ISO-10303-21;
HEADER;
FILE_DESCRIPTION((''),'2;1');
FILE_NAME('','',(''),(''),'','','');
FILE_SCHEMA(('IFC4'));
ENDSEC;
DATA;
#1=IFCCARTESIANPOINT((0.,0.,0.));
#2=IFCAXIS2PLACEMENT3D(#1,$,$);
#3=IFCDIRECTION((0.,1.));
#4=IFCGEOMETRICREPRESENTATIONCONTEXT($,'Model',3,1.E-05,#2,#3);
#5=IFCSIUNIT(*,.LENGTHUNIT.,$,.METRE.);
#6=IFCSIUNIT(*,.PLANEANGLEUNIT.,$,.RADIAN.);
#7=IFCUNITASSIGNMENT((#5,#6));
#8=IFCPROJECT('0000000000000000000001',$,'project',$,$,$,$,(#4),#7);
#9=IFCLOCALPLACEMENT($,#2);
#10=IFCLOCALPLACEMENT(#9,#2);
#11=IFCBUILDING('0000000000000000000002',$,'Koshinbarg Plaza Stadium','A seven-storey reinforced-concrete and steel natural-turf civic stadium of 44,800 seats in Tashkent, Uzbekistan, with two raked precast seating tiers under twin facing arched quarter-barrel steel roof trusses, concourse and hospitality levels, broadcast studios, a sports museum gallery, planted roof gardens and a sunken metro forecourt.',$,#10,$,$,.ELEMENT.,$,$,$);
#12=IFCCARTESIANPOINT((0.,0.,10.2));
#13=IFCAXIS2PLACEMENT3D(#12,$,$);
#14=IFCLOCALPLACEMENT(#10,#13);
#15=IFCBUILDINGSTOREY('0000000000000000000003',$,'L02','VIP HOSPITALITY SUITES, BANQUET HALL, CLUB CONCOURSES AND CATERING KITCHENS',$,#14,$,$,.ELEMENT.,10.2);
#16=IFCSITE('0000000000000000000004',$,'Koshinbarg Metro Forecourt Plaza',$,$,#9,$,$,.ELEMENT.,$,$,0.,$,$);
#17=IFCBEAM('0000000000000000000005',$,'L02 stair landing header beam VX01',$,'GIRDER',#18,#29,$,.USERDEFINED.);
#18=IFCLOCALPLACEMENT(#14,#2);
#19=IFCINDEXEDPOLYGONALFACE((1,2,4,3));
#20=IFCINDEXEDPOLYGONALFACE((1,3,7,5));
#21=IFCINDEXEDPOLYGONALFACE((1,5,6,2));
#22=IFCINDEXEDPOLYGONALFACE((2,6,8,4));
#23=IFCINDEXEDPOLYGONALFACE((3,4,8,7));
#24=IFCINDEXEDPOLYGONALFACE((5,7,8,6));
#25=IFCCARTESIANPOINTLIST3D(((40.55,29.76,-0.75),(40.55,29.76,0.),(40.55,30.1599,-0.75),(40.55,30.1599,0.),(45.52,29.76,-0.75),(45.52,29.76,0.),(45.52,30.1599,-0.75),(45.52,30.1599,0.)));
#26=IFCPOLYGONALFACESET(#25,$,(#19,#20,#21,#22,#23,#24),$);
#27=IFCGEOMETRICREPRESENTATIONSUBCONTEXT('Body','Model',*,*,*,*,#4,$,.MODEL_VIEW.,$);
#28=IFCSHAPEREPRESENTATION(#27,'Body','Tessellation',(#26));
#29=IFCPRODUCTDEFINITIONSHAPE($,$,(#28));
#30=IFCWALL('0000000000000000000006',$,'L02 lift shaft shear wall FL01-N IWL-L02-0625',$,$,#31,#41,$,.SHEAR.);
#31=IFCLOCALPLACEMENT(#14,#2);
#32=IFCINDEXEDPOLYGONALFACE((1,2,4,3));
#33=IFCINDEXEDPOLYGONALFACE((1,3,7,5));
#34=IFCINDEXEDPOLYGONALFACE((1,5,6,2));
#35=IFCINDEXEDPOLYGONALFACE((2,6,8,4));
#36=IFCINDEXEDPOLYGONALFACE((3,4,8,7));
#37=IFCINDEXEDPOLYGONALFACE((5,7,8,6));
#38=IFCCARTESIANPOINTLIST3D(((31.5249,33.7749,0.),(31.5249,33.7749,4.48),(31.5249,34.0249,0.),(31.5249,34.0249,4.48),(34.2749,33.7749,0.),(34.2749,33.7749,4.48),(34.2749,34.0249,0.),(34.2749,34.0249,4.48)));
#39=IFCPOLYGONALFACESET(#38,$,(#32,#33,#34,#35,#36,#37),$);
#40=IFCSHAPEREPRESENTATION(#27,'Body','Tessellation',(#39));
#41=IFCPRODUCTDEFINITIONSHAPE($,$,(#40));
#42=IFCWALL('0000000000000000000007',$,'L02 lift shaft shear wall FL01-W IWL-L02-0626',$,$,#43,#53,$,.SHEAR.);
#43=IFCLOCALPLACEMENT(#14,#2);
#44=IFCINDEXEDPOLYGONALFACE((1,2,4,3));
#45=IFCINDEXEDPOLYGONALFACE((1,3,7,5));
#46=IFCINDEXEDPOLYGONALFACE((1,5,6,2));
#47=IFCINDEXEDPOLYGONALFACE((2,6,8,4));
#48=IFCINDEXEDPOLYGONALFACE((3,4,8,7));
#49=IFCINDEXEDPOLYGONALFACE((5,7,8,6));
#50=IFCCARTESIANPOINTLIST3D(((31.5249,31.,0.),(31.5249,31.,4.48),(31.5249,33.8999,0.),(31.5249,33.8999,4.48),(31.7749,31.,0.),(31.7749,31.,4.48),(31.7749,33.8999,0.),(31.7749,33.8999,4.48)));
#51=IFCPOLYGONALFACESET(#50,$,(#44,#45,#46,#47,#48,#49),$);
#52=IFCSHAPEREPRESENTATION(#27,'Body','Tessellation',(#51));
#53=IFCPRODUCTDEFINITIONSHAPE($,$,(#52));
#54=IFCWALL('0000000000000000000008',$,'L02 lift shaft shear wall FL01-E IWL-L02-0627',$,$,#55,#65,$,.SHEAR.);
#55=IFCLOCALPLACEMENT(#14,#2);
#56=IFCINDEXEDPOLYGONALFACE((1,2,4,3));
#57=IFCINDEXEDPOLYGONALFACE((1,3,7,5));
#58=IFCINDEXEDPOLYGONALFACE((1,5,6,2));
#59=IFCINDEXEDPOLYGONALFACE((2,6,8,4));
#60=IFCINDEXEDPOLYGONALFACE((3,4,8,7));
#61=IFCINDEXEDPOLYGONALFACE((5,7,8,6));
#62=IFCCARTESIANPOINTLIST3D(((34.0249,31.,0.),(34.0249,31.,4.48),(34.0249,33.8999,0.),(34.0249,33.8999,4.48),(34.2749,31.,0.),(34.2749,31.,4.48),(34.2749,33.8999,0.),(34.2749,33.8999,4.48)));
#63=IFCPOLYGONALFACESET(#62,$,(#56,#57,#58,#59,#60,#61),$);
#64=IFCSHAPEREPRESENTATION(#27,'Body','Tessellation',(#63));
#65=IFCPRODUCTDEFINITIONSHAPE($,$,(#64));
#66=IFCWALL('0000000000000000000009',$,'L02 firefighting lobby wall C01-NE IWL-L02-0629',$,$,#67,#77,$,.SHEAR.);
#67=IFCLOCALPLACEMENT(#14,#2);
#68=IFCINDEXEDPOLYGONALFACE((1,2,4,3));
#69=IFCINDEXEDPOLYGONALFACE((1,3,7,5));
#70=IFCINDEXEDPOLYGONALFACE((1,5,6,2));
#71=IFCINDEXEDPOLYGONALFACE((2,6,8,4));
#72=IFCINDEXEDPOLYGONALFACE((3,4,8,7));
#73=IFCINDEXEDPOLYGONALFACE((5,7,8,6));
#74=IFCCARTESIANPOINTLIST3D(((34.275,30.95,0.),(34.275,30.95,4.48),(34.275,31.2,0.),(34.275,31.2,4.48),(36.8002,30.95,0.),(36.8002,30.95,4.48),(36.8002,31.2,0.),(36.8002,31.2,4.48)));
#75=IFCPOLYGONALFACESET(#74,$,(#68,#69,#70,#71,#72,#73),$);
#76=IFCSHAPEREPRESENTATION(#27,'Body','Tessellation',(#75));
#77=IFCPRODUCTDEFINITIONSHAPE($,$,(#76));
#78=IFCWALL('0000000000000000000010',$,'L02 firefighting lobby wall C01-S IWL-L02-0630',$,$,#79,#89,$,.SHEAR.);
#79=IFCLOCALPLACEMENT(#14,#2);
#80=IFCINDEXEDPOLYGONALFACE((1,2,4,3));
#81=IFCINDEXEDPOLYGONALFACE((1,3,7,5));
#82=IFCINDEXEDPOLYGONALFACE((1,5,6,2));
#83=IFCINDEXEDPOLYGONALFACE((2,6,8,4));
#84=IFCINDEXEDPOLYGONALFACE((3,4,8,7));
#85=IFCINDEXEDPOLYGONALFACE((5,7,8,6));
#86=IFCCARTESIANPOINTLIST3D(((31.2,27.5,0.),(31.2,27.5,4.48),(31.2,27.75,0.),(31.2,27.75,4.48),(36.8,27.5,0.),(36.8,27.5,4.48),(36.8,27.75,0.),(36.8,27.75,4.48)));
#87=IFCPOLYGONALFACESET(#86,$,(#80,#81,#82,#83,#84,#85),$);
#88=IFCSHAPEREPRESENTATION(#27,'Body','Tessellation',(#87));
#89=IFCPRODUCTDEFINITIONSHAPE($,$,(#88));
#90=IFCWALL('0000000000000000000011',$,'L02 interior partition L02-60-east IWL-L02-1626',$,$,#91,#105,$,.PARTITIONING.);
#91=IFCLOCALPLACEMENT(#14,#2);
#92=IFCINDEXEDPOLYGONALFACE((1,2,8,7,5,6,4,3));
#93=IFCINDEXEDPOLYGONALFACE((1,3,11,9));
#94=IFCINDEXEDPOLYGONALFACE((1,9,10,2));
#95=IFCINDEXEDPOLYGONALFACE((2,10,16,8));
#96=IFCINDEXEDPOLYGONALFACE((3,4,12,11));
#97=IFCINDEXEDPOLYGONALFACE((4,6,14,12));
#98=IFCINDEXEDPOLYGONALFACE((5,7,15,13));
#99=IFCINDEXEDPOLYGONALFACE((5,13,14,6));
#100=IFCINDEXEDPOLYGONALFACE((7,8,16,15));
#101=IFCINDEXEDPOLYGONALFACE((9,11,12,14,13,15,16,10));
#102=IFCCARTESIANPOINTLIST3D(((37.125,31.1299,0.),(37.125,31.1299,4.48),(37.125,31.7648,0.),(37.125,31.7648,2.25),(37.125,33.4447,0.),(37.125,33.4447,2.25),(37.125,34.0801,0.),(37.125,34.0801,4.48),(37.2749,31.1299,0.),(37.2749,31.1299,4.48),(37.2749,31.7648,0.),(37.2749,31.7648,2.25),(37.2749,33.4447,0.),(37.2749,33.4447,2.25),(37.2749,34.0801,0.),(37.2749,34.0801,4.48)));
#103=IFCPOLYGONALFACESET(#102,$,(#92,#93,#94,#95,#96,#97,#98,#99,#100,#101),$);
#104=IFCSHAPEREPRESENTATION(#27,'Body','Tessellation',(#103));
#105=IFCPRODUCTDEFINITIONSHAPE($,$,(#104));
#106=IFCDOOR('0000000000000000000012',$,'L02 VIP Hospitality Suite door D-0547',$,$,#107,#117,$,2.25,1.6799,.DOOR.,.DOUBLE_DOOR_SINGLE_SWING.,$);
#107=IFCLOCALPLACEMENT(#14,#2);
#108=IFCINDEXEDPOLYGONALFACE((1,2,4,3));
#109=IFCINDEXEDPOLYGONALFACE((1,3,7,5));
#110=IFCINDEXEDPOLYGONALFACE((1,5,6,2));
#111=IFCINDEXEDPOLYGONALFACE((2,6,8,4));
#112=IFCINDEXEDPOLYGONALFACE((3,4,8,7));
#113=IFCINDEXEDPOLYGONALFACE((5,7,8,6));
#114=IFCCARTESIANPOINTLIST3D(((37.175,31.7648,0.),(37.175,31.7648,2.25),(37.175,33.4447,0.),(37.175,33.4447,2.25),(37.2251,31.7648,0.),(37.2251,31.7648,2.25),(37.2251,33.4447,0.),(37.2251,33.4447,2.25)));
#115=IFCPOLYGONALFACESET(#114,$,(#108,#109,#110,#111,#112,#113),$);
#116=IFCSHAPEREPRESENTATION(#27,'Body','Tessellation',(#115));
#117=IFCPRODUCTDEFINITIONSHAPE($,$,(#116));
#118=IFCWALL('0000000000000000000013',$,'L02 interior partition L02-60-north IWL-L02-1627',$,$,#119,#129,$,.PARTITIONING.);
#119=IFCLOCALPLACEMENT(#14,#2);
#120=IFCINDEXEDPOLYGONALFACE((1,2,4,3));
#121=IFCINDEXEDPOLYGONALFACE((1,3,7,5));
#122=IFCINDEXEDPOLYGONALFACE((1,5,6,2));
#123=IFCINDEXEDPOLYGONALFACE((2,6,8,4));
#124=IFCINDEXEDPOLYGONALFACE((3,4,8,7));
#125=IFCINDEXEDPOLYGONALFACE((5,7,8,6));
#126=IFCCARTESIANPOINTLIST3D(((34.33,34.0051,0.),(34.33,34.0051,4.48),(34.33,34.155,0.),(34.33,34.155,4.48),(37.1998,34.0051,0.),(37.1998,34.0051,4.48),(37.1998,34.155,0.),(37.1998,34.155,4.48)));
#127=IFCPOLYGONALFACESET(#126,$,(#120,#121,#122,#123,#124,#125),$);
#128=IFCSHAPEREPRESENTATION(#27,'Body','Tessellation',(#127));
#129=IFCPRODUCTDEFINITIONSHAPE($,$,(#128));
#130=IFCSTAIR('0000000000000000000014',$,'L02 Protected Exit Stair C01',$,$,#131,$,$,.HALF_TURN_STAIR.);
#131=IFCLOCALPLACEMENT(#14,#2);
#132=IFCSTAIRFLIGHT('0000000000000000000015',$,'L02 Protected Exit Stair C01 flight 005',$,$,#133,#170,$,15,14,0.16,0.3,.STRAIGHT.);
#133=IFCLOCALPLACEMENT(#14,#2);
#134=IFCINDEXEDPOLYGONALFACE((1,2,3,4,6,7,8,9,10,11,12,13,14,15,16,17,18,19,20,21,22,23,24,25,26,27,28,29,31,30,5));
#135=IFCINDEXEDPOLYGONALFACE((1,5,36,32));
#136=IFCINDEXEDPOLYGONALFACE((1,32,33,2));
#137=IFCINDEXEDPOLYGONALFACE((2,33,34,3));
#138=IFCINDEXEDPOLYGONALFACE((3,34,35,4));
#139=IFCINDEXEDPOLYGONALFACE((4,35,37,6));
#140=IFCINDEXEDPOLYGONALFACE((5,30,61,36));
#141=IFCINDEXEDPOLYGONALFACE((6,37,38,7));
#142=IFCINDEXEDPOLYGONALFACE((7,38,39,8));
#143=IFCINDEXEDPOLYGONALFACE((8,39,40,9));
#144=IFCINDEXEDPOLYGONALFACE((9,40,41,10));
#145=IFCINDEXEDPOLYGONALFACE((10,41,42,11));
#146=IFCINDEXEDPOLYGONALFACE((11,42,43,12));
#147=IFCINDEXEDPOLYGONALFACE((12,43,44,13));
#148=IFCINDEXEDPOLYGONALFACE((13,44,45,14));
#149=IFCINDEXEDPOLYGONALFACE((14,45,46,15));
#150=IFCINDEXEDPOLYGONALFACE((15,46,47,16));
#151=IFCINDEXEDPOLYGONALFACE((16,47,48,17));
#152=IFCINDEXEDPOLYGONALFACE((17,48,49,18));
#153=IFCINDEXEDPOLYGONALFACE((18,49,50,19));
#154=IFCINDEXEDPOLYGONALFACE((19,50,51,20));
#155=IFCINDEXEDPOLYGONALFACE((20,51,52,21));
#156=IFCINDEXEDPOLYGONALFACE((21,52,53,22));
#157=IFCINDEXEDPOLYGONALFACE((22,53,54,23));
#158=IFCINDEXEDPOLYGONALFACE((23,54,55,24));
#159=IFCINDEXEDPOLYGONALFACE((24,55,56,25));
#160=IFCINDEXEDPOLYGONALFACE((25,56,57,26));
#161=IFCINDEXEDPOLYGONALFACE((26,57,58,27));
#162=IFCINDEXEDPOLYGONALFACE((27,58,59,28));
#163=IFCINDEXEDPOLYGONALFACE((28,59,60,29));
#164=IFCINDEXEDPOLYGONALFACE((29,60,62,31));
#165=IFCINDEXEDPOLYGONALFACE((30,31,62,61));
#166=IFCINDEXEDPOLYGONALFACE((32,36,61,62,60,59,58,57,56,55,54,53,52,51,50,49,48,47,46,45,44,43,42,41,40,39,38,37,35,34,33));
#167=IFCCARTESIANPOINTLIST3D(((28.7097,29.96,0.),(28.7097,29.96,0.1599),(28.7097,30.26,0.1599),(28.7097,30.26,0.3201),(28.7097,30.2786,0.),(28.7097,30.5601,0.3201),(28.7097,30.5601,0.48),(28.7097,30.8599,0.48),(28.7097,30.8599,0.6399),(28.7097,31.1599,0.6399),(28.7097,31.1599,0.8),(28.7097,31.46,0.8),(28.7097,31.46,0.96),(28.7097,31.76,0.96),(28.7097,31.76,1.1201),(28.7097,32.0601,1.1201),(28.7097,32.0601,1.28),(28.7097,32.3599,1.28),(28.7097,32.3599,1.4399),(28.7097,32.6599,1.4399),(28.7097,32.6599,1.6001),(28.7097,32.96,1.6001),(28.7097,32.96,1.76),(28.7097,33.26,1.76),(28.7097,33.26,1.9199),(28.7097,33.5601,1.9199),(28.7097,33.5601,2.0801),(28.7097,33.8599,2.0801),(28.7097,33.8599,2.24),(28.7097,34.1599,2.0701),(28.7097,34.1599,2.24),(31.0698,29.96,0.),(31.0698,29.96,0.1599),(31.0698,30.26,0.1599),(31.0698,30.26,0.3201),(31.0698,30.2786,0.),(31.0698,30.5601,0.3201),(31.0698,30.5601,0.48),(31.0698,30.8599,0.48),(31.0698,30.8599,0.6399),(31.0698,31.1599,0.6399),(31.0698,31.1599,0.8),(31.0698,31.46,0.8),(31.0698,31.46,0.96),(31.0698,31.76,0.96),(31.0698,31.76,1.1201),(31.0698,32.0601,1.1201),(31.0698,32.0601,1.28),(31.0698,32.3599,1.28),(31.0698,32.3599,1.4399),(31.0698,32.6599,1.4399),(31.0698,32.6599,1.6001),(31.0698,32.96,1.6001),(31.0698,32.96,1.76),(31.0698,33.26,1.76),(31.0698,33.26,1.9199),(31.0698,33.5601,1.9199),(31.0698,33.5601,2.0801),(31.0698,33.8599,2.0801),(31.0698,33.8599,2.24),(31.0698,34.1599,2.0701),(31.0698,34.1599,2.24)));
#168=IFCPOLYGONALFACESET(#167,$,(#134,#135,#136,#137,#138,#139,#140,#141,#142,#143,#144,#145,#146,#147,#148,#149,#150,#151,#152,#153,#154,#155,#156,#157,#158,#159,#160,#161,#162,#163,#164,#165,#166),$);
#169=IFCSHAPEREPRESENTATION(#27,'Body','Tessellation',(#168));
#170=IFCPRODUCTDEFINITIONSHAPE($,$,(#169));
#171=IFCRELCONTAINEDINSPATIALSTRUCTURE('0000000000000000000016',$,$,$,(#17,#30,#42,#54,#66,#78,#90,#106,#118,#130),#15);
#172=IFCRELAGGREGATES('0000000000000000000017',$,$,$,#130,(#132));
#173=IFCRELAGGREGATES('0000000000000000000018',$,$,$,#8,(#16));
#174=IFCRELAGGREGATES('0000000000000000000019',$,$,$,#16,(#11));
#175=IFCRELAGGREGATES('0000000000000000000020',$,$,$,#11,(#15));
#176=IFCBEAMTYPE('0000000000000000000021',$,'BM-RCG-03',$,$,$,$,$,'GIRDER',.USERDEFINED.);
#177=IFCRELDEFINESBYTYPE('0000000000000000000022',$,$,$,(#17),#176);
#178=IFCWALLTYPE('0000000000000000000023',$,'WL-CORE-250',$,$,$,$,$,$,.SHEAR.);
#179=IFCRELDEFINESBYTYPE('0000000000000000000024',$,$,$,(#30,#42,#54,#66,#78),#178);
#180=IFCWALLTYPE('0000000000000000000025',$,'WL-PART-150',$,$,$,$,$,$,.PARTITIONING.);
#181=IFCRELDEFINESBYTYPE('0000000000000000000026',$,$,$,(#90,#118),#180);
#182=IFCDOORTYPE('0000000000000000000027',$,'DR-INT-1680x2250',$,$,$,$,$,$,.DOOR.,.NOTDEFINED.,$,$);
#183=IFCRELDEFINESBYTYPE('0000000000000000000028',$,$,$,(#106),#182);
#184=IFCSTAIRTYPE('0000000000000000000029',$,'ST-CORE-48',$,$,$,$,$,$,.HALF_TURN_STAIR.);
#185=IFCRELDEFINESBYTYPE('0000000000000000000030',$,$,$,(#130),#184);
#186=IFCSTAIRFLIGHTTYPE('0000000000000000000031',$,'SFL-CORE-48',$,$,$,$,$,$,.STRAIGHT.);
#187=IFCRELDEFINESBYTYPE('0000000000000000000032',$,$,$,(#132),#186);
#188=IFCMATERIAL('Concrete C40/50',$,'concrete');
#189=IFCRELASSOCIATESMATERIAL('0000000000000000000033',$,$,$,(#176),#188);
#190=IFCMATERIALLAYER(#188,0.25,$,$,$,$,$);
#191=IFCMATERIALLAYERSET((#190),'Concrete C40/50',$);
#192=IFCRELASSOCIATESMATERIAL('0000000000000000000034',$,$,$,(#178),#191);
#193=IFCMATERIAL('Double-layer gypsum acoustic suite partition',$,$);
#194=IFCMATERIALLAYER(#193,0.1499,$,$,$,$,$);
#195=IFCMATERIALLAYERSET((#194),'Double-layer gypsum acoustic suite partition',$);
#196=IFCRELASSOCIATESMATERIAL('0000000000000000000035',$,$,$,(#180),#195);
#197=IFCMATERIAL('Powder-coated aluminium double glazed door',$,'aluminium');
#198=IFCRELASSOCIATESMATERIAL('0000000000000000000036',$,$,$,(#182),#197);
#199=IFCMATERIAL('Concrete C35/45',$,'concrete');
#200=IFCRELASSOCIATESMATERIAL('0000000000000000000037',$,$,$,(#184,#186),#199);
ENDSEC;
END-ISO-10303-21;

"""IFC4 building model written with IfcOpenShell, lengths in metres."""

from ifc_helpers import new_model, si_unit, direction, frame, frame_2d, origin, origin_2d, place, context, subcontext, project, spatial, polyline, rectangle, outline, extrude, material, layer, layer_set, material_profile, profile_set, type_object, element, fill, aggregate, save


model = new_model("IFC4")

# Units and contexts
model_context = context("Model", 3, precision=1e-05, world=origin(), true_north=direction((0.0, 1.0)))
body_context = subcontext(model_context, "Body", "Model", "MODEL_VIEW")
ifc_project = project(units=[si_unit("LENGTHUNIT", "METRE"), si_unit("PLANEANGLEUNIT", "RADIAN")], contexts=[model_context])

# Site, building, storey
site_placement = place(None, origin())
site = spatial("IfcSite", under=ifc_project, at=site_placement, Name="Koshinbarg Metro Forecourt Plaza", CompositionType="ELEMENT", RefElevation=0.0)
building_placement = place(site_placement, origin())
building = spatial("IfcBuilding", under=site, at=building_placement, Name="Koshinbarg Plaza Stadium", Description="A seven-storey reinforced-concrete and steel natural-turf civic stadium of 44,800 seats in Tashkent, Uzbekistan, with two raked precast seating tiers under twin facing arched quarter-barrel steel roof trusses, concourse and hospitality levels, broadcast studios, a sports museum gallery, planted roof gardens and a sunken metro forecourt.", CompositionType="ELEMENT")
storey_placement = place(building_placement, frame((0.0, 0.0, 10.2)))
storey = spatial("IfcBuildingStorey", under=building, at=storey_placement, Name="L02", Description="VIP HOSPITALITY SUITES, BANQUET HALL, CLUB CONCOURSES AND CATERING KITCHENS", CompositionType="ELEMENT", Elevation=10.2)

# Beam
ifc_material_1 = material(Name="Concrete C40/50", Category="concrete")
ifc_material_profile = material_profile(ifc_material_1, rectangle(XDim=0.3999, YDim=0.75, at=origin_2d()), Name="RC 400x750")
ifc_profile_set = profile_set([ifc_material_profile], Name="Concrete C40/50")
beam_type = type_object("IfcBeamType", Name="BM-RCG-03", ElementType="GIRDER", PredefinedType="USERDEFINED", material=ifc_profile_set)
beam_placement = place(storey_placement, frame((40.55, 29.96, -0.375), z_axis=(1.0, 0.0, 0.0), x_axis=(0.0, 1.0, 0.0)))
element("IfcBeam", 1, at=beam_placement, inside=storey, type_object=beam_type, Name="L02 stair landing header beam VX01", ObjectType="GIRDER", PredefinedType="USERDEFINED", context=body_context, shape_type="SweptSolid", body=[
    extrude(rectangle(XDim=0.3999, YDim=0.75, at=origin_2d()), origin(), (0.0, 0.0, 1.0), 4.97),
])

# Shared definitions
ifc_layer_1 = layer(ifc_material_1, 0.25)
ifc_layer_set_1 = layer_set([ifc_layer_1], Name="Concrete C40/50")
wall_type_1 = type_object("IfcWallType", Name="WL-CORE-250", PredefinedType="SHEAR", material=ifc_layer_set_1)

# Walls
wall_1_placement = place(storey_placement, frame((34.2749, 33.8999, 0.0), z_axis=(0.0, 0.0, 1.0), x_axis=(-1.0, 0.0, 0.0)))
element("IfcWall", 2, at=wall_1_placement, inside=storey, type_object=wall_type_1, Name="L02 lift shaft shear wall FL01-N IWL-L02-0625", PredefinedType="SHEAR", context=body_context, shape_type="SweptSolid", body=[
    extrude(rectangle(XDim=2.75, YDim=0.25, at=frame_2d((1.375, 0.0))), origin(), (0.0, 0.0, 1.0), 4.48),
])
for number, where, z_axis, x_axis, name in (
    (3, (31.6499, 33.8999, 0.0), (0.0, 0.0, 1.0), (0.0, -1.0, 0.0), "L02 lift shaft shear wall FL01-W IWL-L02-0626"),
    (4, (34.1499, 31.0, 0.0), (0.0, 0.0, 1.0), (0.0, 1.0, 0.0), "L02 lift shaft shear wall FL01-E IWL-L02-0627"),
):
    element("IfcWall", number, at=place(storey_placement, frame(where, z_axis=z_axis, x_axis=x_axis)), inside=storey, type_object=wall_type_1, Name=name, PredefinedType="SHEAR", context=body_context, shape_type="SweptSolid", body=[
        extrude(rectangle(XDim=2.8999, YDim=0.25, at=frame_2d((1.45, 0.0))), origin(), (0.0, 0.0, 1.0), 4.48),
    ])

# Walls
wall_2_placement = place(storey_placement, frame((34.2749, 31.075, 0.0), z_axis=(0.0, 0.0, 1.0), x_axis=(1.0, 0.0, 0.0)))
element("IfcWall", 5, at=wall_2_placement, inside=storey, type_object=wall_type_1, Name="L02 firefighting lobby wall C01-NE IWL-L02-0629", PredefinedType="SHEAR", context=body_context, shape_type="SweptSolid", body=[
    extrude(rectangle(XDim=2.5251, YDim=0.25, at=frame_2d((1.2627, 0.0))), origin(), (0.0, 0.0, 1.0), 4.48),
])
wall_3_placement = place(storey_placement, frame((31.2, 27.625, 0.0), z_axis=(0.0, 0.0, 1.0), x_axis=(1.0, 0.0, 0.0)))
element("IfcWall", 6, at=wall_3_placement, inside=storey, type_object=wall_type_1, Name="L02 firefighting lobby wall C01-S IWL-L02-0630", PredefinedType="SHEAR", context=body_context, shape_type="SweptSolid", body=[
    extrude(rectangle(XDim=5.6001, YDim=0.25, at=frame_2d((2.8, 0.0))), origin(), (0.0, 0.0, 1.0), 4.48),
])

# Wall, opening, door
ifc_material_2 = material(Name="Double-layer gypsum acoustic suite partition")
ifc_layer_2 = layer(ifc_material_2, 0.1499)
ifc_layer_set_2 = layer_set([ifc_layer_2], Name="Double-layer gypsum acoustic suite partition")
wall_type_2 = type_object("IfcWallType", Name="WL-PART-150", PredefinedType="PARTITIONING", material=ifc_layer_set_2)
wall_4_placement = place(storey_placement, frame((37.2, 31.1299, 0.0), z_axis=(0.0, 0.0, 1.0), x_axis=(0.0, 1.0, 0.0)))
wall_4 = element("IfcWall", 7, at=wall_4_placement, inside=storey, type_object=wall_type_2, Name="L02 interior partition L02-60-east IWL-L02-1626", PredefinedType="PARTITIONING", context=body_context, shape_type="SweptSolid", body=[
    extrude(rectangle(XDim=2.9502, YDim=0.1499, at=frame_2d((1.4751, 0.0))), origin(), (0.0, 0.0, 1.0), 4.48),
])
opening_1_placement = place(wall_4_placement, frame((0.635, 0.0, 0.0)))
opening_1 = element("IfcOpeningElement", 8, at=opening_1_placement, cuts=wall_4, PredefinedType="OPENING", context=body_context, shape_type="SweptSolid", body=[
    extrude(rectangle(XDim=1.6799, YDim=2.25, at=frame_2d((0.8398, 1.125))), frame((0.0, 0.085, 0.0), z_axis=(0.0, -1.0, 0.0), x_axis=(1.0, 0.0, 0.0)), (0.0, 0.0, 1.0), 0.1699),
])
ifc_material_3 = material(Name="Powder-coated aluminium double glazed door", Category="aluminium")
door_type_1 = type_object("IfcDoorType", Name="DR-INT-1680x2250", OperationType="NOTDEFINED", PredefinedType="DOOR", material=ifc_material_3)
door_1_placement = place(opening_1_placement, origin())
door_1 = element("IfcDoor", 9, at=door_1_placement, inside=storey, type_object=door_type_1, Name="L02 VIP Hospitality Suite door D-0547", OperationType="DOUBLE_DOOR_SINGLE_SWING", OverallHeight=2.25, OverallWidth=1.6799, PredefinedType="DOOR", context=body_context, shape_type="SweptSolid", body=[
    extrude(rectangle(XDim=1.6799, YDim=2.25, at=frame_2d((0.8398, 1.125))), frame((0.0, 0.0249, 0.0), z_axis=(0.0, -1.0, 0.0), x_axis=(1.0, 0.0, 0.0)), (0.0, 0.0, 1.0), 0.05),
])
fill(opening_1, door_1)

# Wall
wall_5_placement = place(storey_placement, frame((37.2, 34.0801, 0.0), z_axis=(0.0, 0.0, 1.0), x_axis=(-1.0, 0.0, 0.0)))
element("IfcWall", 10, at=wall_5_placement, inside=storey, type_object=wall_type_2, Name="L02 interior partition L02-60-north IWL-L02-1627", PredefinedType="PARTITIONING", context=body_context, shape_type="SweptSolid", body=[
    extrude(rectangle(XDim=2.8699, YDim=0.1499, at=frame_2d((1.4351, 0.0))), origin(), (0.0, 0.0, 1.0), 4.48),
])

# Stair, stair flight
ifc_material_4 = material(Name="Concrete C35/45", Category="concrete")
stair_type_1 = type_object("IfcStairType", Name="ST-CORE-48", PredefinedType="HALF_TURN_STAIR", material=ifc_material_4)
stair_1_placement = place(storey_placement, origin())
stair_1 = element("IfcStair", 11, at=stair_1_placement, inside=storey, type_object=stair_type_1, Name="L02 Protected Exit Stair C01", PredefinedType="HALF_TURN_STAIR")
stair_flight_type = type_object("IfcStairFlightType", Name="SFL-CORE-48", PredefinedType="STRAIGHT", material=ifc_material_4)
stair_flight_1_placement = place(storey_placement, frame((29.8899, 29.96, 0.0), z_axis=(0.0, 0.0, 1.0), x_axis=(0.0, 1.0, 0.0)))
stair_flight_1 = element("IfcStairFlight", 12, at=stair_flight_1_placement, type_object=stair_flight_type, Name="L02 Protected Exit Stair C01 flight 005", NumberOfRisers=15, NumberOfTreads=14, PredefinedType="STRAIGHT", RiserHeight=0.16, TreadLength=0.3, context=body_context, shape_type="SweptSolid", body=[
    extrude(outline(polyline([(0.0, 0.0), (0.0, 0.1599), (0.3, 0.1599), (0.3, 0.3201), (0.6001, 0.3201), (0.6001, 0.48), (0.8999, 0.48), (0.8999, 0.6399), (1.2, 0.6399), (1.2, 0.8), (1.5, 0.8), (1.5, 0.96), (1.8, 0.96), (1.8, 1.1201), (2.1001, 1.1201), (2.1001, 1.28), (2.3999, 1.28), (2.3999, 1.4399), (2.7, 1.4399), (2.7, 1.6001), (3.0, 1.6001), (3.0, 1.76), (3.3, 1.76), (3.3, 1.9199), (3.6001, 1.9199), (3.6001, 2.0801), (3.8999, 2.0801), (3.8999, 2.24), (4.2, 2.24), (4.2, 2.3999), (4.2, 2.0701), (0.3186, 0.0), (0.0, 0.0)])), frame((0.0, 1.1802, 0.0), z_axis=(0.0, -1.0, 0.0), x_axis=(1.0, 0.0, 0.0)), (0.0, 0.0, 1.0), 2.3601),
])
aggregate(stair_1, [stair_flight_1])

save(model, "model.ifc")
